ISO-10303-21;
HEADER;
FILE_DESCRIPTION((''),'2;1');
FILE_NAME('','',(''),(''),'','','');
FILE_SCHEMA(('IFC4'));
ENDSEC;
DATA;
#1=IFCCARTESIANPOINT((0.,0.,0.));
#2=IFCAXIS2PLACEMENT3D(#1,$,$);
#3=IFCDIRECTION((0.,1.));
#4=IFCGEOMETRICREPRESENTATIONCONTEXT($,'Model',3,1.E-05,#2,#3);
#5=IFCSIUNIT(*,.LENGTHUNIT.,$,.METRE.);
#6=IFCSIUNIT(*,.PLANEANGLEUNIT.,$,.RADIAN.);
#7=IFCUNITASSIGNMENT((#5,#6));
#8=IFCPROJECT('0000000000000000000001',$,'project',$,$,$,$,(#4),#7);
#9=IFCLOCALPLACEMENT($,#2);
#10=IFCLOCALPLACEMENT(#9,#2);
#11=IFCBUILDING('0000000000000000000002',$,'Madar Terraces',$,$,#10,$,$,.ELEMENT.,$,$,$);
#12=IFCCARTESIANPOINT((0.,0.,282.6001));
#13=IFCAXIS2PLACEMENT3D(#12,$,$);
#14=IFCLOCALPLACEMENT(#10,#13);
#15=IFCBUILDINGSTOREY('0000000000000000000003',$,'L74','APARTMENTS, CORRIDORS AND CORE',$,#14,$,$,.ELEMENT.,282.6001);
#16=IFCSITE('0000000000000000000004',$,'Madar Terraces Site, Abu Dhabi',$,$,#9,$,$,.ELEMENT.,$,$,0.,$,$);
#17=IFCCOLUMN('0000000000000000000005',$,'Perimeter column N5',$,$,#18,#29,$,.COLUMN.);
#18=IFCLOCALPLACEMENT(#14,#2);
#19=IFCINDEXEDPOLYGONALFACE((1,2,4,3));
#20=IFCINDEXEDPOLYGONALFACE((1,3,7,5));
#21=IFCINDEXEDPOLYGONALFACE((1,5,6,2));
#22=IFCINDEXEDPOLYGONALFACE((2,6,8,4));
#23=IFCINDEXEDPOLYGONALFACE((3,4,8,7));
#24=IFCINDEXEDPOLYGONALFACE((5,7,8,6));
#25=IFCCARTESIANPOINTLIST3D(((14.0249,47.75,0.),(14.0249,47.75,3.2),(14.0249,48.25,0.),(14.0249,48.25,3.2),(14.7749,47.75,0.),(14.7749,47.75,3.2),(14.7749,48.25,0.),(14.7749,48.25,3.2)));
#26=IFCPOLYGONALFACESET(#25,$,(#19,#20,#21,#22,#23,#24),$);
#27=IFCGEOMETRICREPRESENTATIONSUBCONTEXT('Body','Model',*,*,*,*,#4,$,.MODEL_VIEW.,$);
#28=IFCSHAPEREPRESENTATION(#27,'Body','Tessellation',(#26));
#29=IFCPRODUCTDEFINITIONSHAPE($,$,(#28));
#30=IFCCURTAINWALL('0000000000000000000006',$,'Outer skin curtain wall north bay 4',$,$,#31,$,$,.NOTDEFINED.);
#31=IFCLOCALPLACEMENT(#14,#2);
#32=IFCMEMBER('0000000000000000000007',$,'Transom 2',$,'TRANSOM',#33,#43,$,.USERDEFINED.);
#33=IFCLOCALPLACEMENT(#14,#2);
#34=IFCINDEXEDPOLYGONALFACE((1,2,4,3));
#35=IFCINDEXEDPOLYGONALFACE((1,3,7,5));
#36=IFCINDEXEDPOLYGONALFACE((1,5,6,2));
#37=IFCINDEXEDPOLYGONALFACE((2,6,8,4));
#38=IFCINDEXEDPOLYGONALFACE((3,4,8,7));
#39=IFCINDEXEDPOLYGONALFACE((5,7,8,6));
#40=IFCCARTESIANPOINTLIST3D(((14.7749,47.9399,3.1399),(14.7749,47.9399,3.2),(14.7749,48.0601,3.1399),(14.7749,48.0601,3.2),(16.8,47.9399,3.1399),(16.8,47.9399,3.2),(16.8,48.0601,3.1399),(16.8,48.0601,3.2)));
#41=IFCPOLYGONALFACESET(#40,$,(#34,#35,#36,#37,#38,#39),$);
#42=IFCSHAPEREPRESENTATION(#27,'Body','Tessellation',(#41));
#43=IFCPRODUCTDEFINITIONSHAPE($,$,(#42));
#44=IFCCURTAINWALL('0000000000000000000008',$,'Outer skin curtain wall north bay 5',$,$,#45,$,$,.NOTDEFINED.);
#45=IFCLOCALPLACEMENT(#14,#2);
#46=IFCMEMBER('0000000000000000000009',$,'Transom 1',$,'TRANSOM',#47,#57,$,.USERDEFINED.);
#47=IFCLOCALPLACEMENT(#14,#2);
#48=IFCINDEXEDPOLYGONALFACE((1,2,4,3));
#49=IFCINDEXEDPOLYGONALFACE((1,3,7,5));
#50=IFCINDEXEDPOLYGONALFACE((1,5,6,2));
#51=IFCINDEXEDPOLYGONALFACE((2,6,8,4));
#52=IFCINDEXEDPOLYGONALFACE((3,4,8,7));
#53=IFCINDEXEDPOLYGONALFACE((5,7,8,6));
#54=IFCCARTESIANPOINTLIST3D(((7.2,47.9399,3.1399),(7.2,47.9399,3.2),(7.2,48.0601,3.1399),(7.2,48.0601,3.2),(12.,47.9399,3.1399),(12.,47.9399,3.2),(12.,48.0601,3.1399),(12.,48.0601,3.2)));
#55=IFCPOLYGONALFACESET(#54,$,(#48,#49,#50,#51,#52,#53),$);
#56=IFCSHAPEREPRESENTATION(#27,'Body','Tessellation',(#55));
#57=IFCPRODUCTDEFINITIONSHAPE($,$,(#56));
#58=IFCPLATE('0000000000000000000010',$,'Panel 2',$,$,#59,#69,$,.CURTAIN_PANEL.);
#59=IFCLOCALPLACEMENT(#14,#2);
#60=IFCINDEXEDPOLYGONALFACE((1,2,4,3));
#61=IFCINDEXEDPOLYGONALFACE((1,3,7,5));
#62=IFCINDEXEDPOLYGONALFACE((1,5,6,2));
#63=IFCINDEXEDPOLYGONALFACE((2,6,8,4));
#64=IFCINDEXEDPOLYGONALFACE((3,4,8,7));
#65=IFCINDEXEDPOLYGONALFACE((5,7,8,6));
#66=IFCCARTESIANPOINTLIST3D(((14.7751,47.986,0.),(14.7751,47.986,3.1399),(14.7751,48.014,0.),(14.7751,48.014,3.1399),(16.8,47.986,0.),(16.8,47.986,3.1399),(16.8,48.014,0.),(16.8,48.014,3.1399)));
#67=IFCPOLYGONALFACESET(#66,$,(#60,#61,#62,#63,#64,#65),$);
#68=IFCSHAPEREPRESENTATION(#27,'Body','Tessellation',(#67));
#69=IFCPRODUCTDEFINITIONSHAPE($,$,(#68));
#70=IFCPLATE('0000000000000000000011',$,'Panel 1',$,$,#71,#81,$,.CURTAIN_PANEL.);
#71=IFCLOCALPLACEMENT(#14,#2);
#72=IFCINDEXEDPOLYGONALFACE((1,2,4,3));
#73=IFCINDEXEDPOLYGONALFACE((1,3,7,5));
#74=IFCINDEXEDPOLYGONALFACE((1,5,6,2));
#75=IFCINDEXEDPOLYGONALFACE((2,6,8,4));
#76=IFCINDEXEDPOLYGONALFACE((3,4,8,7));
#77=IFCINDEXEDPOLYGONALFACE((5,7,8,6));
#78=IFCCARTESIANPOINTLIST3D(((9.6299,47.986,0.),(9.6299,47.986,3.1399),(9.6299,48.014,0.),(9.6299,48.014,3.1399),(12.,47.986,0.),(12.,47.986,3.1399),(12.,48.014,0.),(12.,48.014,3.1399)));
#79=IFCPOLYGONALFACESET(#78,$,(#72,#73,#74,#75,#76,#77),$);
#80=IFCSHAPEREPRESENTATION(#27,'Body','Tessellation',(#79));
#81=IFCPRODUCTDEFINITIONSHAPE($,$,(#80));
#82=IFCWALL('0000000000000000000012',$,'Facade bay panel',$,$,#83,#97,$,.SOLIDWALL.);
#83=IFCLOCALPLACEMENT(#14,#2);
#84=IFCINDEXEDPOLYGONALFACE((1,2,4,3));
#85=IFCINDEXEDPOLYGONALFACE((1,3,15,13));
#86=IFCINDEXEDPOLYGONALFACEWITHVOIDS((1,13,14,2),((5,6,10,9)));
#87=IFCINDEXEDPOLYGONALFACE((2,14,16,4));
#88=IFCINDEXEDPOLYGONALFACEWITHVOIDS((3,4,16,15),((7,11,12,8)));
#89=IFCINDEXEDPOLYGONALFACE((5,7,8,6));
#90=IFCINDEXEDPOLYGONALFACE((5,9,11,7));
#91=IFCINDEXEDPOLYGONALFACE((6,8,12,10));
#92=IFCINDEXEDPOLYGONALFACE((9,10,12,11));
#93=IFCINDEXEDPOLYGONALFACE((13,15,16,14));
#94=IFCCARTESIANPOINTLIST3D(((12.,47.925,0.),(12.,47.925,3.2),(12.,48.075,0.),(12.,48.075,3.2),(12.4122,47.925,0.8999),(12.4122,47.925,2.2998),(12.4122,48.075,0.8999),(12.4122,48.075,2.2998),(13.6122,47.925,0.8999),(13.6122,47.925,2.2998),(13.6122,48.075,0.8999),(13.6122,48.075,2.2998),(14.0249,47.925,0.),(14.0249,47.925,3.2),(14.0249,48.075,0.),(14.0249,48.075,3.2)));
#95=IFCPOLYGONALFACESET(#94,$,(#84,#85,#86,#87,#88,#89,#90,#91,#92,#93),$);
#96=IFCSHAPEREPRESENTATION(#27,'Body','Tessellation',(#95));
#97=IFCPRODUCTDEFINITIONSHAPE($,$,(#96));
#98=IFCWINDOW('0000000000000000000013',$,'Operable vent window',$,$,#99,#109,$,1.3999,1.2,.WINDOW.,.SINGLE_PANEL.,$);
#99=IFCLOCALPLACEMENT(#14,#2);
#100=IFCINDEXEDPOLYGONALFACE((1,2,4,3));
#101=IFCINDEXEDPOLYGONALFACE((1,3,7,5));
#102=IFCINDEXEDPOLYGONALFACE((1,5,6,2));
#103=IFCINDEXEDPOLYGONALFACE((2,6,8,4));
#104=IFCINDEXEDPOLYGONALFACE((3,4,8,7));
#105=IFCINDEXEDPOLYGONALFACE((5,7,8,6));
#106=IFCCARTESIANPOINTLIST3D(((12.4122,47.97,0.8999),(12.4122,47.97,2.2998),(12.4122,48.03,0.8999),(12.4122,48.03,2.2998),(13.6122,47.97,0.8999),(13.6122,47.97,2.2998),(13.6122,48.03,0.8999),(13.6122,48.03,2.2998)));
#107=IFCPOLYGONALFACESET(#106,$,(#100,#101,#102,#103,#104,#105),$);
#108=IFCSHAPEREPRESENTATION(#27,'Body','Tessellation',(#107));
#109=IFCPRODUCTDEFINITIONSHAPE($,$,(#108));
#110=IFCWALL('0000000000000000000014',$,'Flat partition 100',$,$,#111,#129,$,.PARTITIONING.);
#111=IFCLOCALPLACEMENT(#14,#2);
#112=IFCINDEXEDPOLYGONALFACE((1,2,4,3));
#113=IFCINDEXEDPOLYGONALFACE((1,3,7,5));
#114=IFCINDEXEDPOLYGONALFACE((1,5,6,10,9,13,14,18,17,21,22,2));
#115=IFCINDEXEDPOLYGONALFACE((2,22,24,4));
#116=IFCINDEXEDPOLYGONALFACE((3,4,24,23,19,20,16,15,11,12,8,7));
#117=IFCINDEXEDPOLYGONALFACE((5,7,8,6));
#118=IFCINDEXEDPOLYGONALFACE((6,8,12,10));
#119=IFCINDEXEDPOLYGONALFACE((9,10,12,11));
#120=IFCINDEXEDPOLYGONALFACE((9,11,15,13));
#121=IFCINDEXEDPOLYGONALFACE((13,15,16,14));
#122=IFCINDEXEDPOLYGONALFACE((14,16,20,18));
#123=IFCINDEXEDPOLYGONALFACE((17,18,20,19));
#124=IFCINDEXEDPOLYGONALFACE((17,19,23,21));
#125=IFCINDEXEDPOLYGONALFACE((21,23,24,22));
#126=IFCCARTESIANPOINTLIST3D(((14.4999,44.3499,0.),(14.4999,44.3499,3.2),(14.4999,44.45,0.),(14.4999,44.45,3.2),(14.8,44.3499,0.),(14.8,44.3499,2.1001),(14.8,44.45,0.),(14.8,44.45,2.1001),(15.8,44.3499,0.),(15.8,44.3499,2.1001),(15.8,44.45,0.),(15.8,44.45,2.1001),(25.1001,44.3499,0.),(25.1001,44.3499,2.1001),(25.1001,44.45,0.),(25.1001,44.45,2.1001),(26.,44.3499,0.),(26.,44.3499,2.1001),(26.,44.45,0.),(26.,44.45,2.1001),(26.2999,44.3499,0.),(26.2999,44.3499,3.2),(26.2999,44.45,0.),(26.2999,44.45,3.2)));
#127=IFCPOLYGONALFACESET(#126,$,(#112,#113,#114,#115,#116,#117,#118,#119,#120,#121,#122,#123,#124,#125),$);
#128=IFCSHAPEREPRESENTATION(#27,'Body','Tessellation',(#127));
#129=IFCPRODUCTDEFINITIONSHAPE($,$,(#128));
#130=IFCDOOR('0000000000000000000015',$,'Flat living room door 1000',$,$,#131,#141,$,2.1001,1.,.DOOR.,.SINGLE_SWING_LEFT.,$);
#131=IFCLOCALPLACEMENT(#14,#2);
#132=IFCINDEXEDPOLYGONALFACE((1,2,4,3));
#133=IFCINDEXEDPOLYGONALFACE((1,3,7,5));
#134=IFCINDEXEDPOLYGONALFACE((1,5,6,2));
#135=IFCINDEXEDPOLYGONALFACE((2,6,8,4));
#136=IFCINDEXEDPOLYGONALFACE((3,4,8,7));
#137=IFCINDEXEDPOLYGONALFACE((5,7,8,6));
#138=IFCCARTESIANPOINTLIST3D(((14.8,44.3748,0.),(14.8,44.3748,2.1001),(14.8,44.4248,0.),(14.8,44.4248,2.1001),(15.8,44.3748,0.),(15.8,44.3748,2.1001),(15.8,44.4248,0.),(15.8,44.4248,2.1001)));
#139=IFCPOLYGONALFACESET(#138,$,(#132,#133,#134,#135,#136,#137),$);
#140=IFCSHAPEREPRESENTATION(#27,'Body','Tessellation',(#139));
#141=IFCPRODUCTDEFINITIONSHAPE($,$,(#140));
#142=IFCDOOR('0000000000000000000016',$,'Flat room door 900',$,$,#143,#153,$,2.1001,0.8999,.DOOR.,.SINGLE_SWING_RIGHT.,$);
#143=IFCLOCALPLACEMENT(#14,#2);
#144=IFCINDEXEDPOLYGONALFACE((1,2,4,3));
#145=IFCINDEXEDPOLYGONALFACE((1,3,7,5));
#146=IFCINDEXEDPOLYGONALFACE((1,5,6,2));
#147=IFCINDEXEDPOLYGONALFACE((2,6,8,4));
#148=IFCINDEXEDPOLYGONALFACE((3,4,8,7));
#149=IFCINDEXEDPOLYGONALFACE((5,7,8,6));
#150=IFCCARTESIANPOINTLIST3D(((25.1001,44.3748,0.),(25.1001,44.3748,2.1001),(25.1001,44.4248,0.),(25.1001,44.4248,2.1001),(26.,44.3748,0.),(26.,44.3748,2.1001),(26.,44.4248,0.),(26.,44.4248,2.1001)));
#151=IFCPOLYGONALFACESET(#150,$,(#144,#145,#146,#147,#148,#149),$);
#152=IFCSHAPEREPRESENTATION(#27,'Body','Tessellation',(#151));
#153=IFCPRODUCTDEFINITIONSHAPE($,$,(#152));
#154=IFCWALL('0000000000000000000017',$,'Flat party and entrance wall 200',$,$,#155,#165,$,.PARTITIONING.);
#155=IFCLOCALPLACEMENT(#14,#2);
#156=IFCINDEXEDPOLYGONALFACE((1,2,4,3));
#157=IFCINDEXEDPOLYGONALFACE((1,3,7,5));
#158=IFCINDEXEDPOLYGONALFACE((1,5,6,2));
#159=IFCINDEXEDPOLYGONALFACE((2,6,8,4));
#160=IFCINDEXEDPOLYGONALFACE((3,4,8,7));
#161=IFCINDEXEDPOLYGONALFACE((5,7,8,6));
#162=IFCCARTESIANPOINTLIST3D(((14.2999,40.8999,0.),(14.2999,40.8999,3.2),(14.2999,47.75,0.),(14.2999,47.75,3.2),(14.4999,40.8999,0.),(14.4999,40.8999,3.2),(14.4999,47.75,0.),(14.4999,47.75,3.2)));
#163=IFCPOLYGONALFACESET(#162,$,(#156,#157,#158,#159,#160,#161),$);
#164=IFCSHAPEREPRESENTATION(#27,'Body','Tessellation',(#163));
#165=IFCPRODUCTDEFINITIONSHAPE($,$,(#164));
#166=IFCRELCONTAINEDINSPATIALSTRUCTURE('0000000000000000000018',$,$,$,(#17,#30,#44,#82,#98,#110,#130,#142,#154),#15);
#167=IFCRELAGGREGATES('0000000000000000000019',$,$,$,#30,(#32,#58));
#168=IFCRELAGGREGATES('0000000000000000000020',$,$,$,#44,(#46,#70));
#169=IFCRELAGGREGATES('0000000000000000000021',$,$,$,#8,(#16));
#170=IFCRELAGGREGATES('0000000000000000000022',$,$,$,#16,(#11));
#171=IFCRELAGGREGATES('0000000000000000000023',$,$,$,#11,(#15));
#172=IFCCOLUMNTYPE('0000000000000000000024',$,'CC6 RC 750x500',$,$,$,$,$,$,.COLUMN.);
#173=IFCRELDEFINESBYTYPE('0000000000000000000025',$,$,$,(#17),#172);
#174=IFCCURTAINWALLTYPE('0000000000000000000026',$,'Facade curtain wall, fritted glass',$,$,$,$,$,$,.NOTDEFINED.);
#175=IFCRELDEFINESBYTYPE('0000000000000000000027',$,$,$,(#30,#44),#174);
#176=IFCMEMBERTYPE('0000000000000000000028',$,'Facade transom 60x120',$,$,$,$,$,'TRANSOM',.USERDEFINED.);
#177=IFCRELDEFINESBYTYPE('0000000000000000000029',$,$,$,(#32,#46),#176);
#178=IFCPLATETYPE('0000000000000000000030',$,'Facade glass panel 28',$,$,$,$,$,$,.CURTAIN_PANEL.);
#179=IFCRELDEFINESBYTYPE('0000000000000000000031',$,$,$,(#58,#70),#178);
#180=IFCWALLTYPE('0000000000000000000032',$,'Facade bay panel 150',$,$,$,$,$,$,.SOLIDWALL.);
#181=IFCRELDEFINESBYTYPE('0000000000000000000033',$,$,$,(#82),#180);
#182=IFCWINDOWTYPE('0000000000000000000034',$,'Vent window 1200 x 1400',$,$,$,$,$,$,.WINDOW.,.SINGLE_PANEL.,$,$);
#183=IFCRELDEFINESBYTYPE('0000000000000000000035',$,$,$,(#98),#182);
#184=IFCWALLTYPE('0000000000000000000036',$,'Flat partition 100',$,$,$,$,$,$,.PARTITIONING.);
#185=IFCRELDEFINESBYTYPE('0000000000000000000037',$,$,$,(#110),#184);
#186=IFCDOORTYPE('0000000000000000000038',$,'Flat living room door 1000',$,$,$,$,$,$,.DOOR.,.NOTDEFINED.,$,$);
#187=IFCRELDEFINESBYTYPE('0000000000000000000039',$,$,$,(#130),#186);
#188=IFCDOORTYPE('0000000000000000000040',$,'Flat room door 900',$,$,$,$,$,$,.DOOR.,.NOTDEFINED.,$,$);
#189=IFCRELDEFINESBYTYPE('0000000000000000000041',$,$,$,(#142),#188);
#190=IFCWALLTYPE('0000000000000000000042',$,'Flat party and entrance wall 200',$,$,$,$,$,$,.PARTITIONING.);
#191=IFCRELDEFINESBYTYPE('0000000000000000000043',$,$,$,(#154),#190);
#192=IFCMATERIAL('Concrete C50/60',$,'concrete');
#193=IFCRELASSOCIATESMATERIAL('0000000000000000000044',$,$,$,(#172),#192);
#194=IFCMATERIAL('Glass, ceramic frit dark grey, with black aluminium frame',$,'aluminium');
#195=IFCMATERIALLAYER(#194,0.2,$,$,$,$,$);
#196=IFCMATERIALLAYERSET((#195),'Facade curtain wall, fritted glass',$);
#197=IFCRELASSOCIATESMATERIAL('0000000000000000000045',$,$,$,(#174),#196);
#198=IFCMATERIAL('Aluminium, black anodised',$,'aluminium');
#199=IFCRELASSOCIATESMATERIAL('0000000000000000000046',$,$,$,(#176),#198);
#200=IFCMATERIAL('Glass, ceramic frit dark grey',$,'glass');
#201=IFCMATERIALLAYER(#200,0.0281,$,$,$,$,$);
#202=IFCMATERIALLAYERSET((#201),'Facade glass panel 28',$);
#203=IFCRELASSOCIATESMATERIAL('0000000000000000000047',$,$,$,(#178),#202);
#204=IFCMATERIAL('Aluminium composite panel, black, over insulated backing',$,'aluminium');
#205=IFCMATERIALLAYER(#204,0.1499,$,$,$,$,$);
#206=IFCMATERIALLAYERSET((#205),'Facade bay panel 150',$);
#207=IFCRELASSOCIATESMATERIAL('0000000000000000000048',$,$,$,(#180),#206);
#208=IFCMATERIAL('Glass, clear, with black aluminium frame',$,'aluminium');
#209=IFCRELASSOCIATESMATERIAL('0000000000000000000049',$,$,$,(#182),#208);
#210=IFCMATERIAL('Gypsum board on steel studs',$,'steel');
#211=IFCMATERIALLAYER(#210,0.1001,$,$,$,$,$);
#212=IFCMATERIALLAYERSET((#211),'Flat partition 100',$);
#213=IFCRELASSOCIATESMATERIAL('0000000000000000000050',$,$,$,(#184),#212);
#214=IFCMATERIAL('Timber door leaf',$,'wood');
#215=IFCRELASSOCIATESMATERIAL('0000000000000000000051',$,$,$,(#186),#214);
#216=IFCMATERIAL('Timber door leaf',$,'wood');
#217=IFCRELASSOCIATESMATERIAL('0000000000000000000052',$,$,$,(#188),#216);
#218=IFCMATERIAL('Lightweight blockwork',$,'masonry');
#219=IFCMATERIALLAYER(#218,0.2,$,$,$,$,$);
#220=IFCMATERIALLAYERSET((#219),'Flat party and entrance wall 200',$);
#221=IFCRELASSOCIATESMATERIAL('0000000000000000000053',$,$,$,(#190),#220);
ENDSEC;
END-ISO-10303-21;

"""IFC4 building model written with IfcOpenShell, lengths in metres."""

from ifc_helpers import new_model, si_unit, direction, frame, frame_2d, origin, origin_2d, place, context, subcontext, project, spatial, rectangle, extrude, material, layer, layer_set, material_profile, profile_set, type_object, element, fill, aggregate, save


model = new_model("IFC4")

# Units and contexts
model_context = context("Model", 3, precision=1e-05, world=origin(), true_north=direction((0.0, 1.0)))
body_context = subcontext(model_context, "Body", "Model", "MODEL_VIEW")
ifc_project = project(units=[si_unit("LENGTHUNIT", "METRE"), si_unit("PLANEANGLEUNIT", "RADIAN")], contexts=[model_context])

# Site, building, storey
site_placement = place(None, origin())
site = spatial("IfcSite", under=ifc_project, at=site_placement, Name="Madar Terraces Site, Abu Dhabi", CompositionType="ELEMENT", RefElevation=0.0)
building_placement = place(site_placement, origin())
building = spatial("IfcBuilding", under=site, at=building_placement, Name="Madar Terraces", CompositionType="ELEMENT")
storey_placement = place(building_placement, frame((0.0, 0.0, 282.6001)))
storey = spatial("IfcBuildingStorey", under=building, at=storey_placement, Name="L74", Description="APARTMENTS, CORRIDORS AND CORE", CompositionType="ELEMENT", Elevation=282.6001)

# Column
ifc_material_1 = material(Name="Concrete C50/60", Category="concrete")
ifc_material_profile_1 = material_profile(ifc_material_1, rectangle(XDim=0.75, YDim=0.5, at=origin_2d()), Name="CC6 RC 750x500")
ifc_profile_set_1 = profile_set([ifc_material_profile_1], Name="Concrete C50/60")
column_type = type_object("IfcColumnType", Name="CC6 RC 750x500", PredefinedType="COLUMN", material=ifc_profile_set_1)
column_placement = place(storey_placement, frame((14.3999, 48.0, 0.0), z_axis=(0.0, 0.0, 1.0), x_axis=(1.0, 0.0, 0.0)))
element("IfcColumn", 1, at=column_placement, inside=storey, type_object=column_type, Name="Perimeter column N5", PredefinedType="COLUMN", context=body_context, shape_type="SweptSolid", body=[
    extrude(rectangle(XDim=0.75, YDim=0.5, at=origin_2d()), origin(), (0.0, 0.0, 1.0), 3.2),
])

# Curtain walls, members
ifc_material_2 = material(Name="Glass, ceramic frit dark grey, with black aluminium frame", Category="aluminium")
ifc_layer_1 = layer(ifc_material_2, 0.2)
ifc_layer_set_1 = layer_set([ifc_layer_1], Name="Facade curtain wall, fritted glass")
curtain_wall_type = type_object("IfcCurtainWallType", Name="Facade curtain wall, fritted glass", PredefinedType="NOTDEFINED", material=ifc_layer_set_1)
curtain_wall_1_placement = place(storey_placement, origin())
curtain_wall_1 = element("IfcCurtainWall", 2, at=curtain_wall_1_placement, inside=storey, type_object=curtain_wall_type, Name="Outer skin curtain wall north bay 4", PredefinedType="NOTDEFINED")
ifc_material_3 = material(Name="Aluminium, black anodised", Category="aluminium")
ifc_material_profile_2 = material_profile(ifc_material_3, rectangle(XDim=0.1201, YDim=0.0601, at=origin_2d()), Name="Facade transom 60x120")
ifc_profile_set_2 = profile_set([ifc_material_profile_2], Name="Aluminium, black anodised")
member_type = type_object("IfcMemberType", Name="Facade transom 60x120", ElementType="TRANSOM", PredefinedType="USERDEFINED", material=ifc_profile_set_2)
member_1_placement = place(storey_placement, frame((16.8, 48.0, 3.1699), z_axis=(-1.0, 0.0, 0.0), x_axis=(0.0, -1.0, 0.0)))
member_1 = element("IfcMember", 3, at=member_1_placement, type_object=member_type, Name="Transom 2", ObjectType="TRANSOM", PredefinedType="USERDEFINED", context=body_context, shape_type="SweptSolid", body=[
    extrude(rectangle(XDim=0.1201, YDim=0.0601, at=origin_2d()), origin(), (0.0, 0.0, 1.0), 2.0251),
])
curtain_wall_2_placement = place(storey_placement, origin())
curtain_wall_2 = element("IfcCurtainWall", 4, at=curtain_wall_2_placement, inside=storey, type_object=curtain_wall_type, Name="Outer skin curtain wall north bay 5", PredefinedType="NOTDEFINED")
member_2_placement = place(storey_placement, frame((12.0, 48.0, 3.1699), z_axis=(-1.0, 0.0, 0.0), x_axis=(0.0, -1.0, 0.0)))
member_2 = element("IfcMember", 5, at=member_2_placement, type_object=member_type, Name="Transom 1", ObjectType="TRANSOM", PredefinedType="USERDEFINED", context=body_context, shape_type="SweptSolid", body=[
    extrude(rectangle(XDim=0.1201, YDim=0.0601, at=origin_2d()), origin(), (0.0, 0.0, 1.0), 4.8),
])

# Plates
ifc_material_4 = material(Name="Glass, ceramic frit dark grey", Category="glass")
ifc_layer_2 = layer(ifc_material_4, 0.0281)
ifc_layer_set_2 = layer_set([ifc_layer_2], Name="Facade glass panel 28")
plate_type = type_object("IfcPlateType", Name="Facade glass panel 28", PredefinedType="CURTAIN_PANEL", material=ifc_layer_set_2)
plate_1_placement = place(storey_placement, frame((15.7876, 48.0, 0.0), z_axis=(0.0, 0.0, 1.0), x_axis=(-1.0, 0.0, 0.0)))
plate_1 = element("IfcPlate", 6, at=plate_1_placement, type_object=plate_type, Name="Panel 2", PredefinedType="CURTAIN_PANEL", context=body_context, shape_type="SweptSolid", body=[
    extrude(rectangle(XDim=2.0249, YDim=0.0281, at=origin_2d()), origin(), (0.0, 0.0, 1.0), 3.1399),
])
aggregate(curtain_wall_1, [member_1, plate_1])
plate_2_placement = place(storey_placement, frame((10.8149, 48.0, 0.0), z_axis=(0.0, 0.0, 1.0), x_axis=(-1.0, 0.0, 0.0)))
plate_2 = element("IfcPlate", 7, at=plate_2_placement, type_object=plate_type, Name="Panel 1", PredefinedType="CURTAIN_PANEL", context=body_context, shape_type="SweptSolid", body=[
    extrude(rectangle(XDim=2.3701, YDim=0.0281, at=origin_2d()), origin(), (0.0, 0.0, 1.0), 3.1399),
])
aggregate(curtain_wall_2, [member_2, plate_2])

# Shared definitions
ifc_material_5 = material(Name="Aluminium composite panel, black, over insulated backing", Category="aluminium")
ifc_layer_3 = layer(ifc_material_5, 0.1499)
ifc_layer_set_3 = layer_set([ifc_layer_3], Name="Facade bay panel 150")
wall_type_1 = type_object("IfcWallType", Name="Facade bay panel 150", PredefinedType="SOLIDWALL", material=ifc_layer_set_3)

# Wall, opening, window
wall_1_placement = place(storey_placement, frame((14.0249, 48.0, 0.0), z_axis=(0.0, 0.0, 1.0), x_axis=(-1.0, 0.0, 0.0)))
wall_1 = element("IfcWall", 8, at=wall_1_placement, inside=storey, type_object=wall_type_1, Name="Facade bay panel", PredefinedType="SOLIDWALL", context=body_context, shape_type="SweptSolid", body=[
    extrude(rectangle(XDim=2.0249, YDim=0.1499, at=frame_2d((1.0125, 0.0))), origin(), (0.0, 0.0, 1.0), 3.2),
])
opening_1_placement = place(wall_1_placement, frame((0.4126, 0.0, 0.8999)))
opening_1 = element("IfcOpeningElement", 9, at=opening_1_placement, cuts=wall_1, PredefinedType="OPENING", context=body_context, shape_type="SweptSolid", body=[
    extrude(rectangle(XDim=1.2, YDim=1.3999, at=frame_2d((0.6001, 0.7))), frame((0.0, 0.085, 0.0), z_axis=(0.0, -1.0, 0.0), x_axis=(1.0, 0.0, 0.0)), (0.0, 0.0, 1.0), 0.1699),
])
ifc_material_6 = material(Name="Glass, clear, with black aluminium frame", Category="aluminium")
window_type = type_object("IfcWindowType", Name="Vent window 1200 x 1400", PartitioningType="SINGLE_PANEL", PredefinedType="WINDOW", material=ifc_material_6)
window_placement = place(opening_1_placement, origin())
window = element("IfcWindow", 10, at=window_placement, inside=storey, type_object=window_type, Name="Operable vent window", OverallHeight=1.3999, OverallWidth=1.2, PartitioningType="SINGLE_PANEL", PredefinedType="WINDOW", context=body_context, shape_type="SweptSolid", body=[
    extrude(rectangle(XDim=1.2, YDim=1.3999, at=frame_2d((0.6001, 0.7))), frame((0.0, 0.03, 0.0), z_axis=(0.0, -1.0, 0.0), x_axis=(1.0, 0.0, 0.0)), (0.0, 0.0, 1.0), 0.0601),
])
fill(opening_1, window)

# Wall, openings, doors
ifc_material_7 = material(Name="Gypsum board on steel studs", Category="steel")
ifc_layer_4 = layer(ifc_material_7, 0.1001)
ifc_layer_set_4 = layer_set([ifc_layer_4], Name="Flat partition 100")
wall_type_2 = type_object("IfcWallType", Name="Flat partition 100", PredefinedType="PARTITIONING", material=ifc_layer_set_4)
wall_2_placement = place(storey_placement, frame((14.5, 44.3999, 0.0), z_axis=(0.0, 0.0, 1.0), x_axis=(1.0, 0.0, 0.0)))
wall_2 = element("IfcWall", 11, at=wall_2_placement, inside=storey, type_object=wall_type_2, Name="Flat partition 100", PredefinedType="PARTITIONING", context=body_context, shape_type="SweptSolid", body=[
    extrude(rectangle(XDim=11.8, YDim=0.1001, at=frame_2d((5.8999, 0.0))), origin(), (0.0, 0.0, 1.0), 3.2),
])
opening_2_placement = place(wall_2_placement, frame((10.6001, 0.0, 0.0)))
opening_2 = element("IfcOpeningElement", 12, at=opening_2_placement, cuts=wall_2, PredefinedType="OPENING", context=body_context, shape_type="SweptSolid", body=[
    extrude(rectangle(XDim=0.8999, YDim=2.1001, at=frame_2d((0.45, 1.05))), frame((0.0, 0.0601, 0.0), z_axis=(0.0, -1.0, 0.0), x_axis=(1.0, 0.0, 0.0)), (0.0, 0.0, 1.0), 0.1201),
])
opening_3_placement = place(wall_2_placement, frame((0.3, 0.0, 0.0)))
opening_3 = element("IfcOpeningElement", 13, at=opening_3_placement, cuts=wall_2, PredefinedType="OPENING", context=body_context, shape_type="SweptSolid", body=[
    extrude(rectangle(XDim=1.0, YDim=2.1001, at=frame_2d((0.5, 1.05))), frame((0.0, 0.0601, 0.0), z_axis=(0.0, -1.0, 0.0), x_axis=(1.0, 0.0, 0.0)), (0.0, 0.0, 1.0), 0.1201),
])
ifc_material_8 = material(Name="Timber door leaf", Category="wood")
door_type_1 = type_object("IfcDoorType", Name="Flat living room door 1000", OperationType="NOTDEFINED", PredefinedType="DOOR", material=ifc_material_8)
door_1_placement = place(opening_3_placement, origin())
door_1 = element("IfcDoor", 14, at=door_1_placement, inside=storey, type_object=door_type_1, Name="Flat living room door 1000", OperationType="SINGLE_SWING_LEFT", OverallHeight=2.1001, OverallWidth=1.0, PredefinedType="DOOR", context=body_context, shape_type="SweptSolid", body=[
    extrude(rectangle(XDim=1.0, YDim=2.1001, at=frame_2d((0.5, 1.05))), frame((0.0, 0.0249, 0.0), z_axis=(0.0, -1.0, 0.0), x_axis=(1.0, 0.0, 0.0)), (0.0, 0.0, 1.0), 0.05),
])
fill(opening_3, door_1)
ifc_material_9 = material(Name="Timber door leaf", Category="wood")
door_type_2 = type_object("IfcDoorType", Name="Flat room door 900", OperationType="NOTDEFINED", PredefinedType="DOOR", material=ifc_material_9)
door_2_placement = place(opening_2_placement, origin())
door_2 = element("IfcDoor", 15, at=door_2_placement, inside=storey, type_object=door_type_2, Name="Flat room door 900", OperationType="SINGLE_SWING_RIGHT", OverallHeight=2.1001, OverallWidth=0.8999, PredefinedType="DOOR", context=body_context, shape_type="SweptSolid", body=[
    extrude(rectangle(XDim=0.8999, YDim=2.1001, at=frame_2d((0.45, 1.05))), frame((0.0, 0.0249, 0.0), z_axis=(0.0, -1.0, 0.0), x_axis=(1.0, 0.0, 0.0)), (0.0, 0.0, 1.0), 0.05),
])
fill(opening_2, door_2)

# Wall
ifc_material_10 = material(Name="Lightweight blockwork", Category="masonry")
ifc_layer_5 = layer(ifc_material_10, 0.2)
ifc_layer_set_5 = layer_set([ifc_layer_5], Name="Flat party and entrance wall 200")
wall_type_3 = type_object("IfcWallType", Name="Flat party and entrance wall 200", PredefinedType="PARTITIONING", material=ifc_layer_set_5)
wall_3_placement = place(storey_placement, frame((14.3999, 47.75, 0.0), z_axis=(0.0, 0.0, 1.0), x_axis=(0.0, -1.0, 0.0)))
element("IfcWall", 16, at=wall_3_placement, inside=storey, type_object=wall_type_3, Name="Flat party and entrance wall 200", PredefinedType="PARTITIONING", context=body_context, shape_type="SweptSolid", body=[
    extrude(rectangle(XDim=6.8501, YDim=0.2, at=frame_2d((3.425, 0.0))), origin(), (0.0, 0.0, 1.0), 3.2),
])

save(model, "model.ifc")
